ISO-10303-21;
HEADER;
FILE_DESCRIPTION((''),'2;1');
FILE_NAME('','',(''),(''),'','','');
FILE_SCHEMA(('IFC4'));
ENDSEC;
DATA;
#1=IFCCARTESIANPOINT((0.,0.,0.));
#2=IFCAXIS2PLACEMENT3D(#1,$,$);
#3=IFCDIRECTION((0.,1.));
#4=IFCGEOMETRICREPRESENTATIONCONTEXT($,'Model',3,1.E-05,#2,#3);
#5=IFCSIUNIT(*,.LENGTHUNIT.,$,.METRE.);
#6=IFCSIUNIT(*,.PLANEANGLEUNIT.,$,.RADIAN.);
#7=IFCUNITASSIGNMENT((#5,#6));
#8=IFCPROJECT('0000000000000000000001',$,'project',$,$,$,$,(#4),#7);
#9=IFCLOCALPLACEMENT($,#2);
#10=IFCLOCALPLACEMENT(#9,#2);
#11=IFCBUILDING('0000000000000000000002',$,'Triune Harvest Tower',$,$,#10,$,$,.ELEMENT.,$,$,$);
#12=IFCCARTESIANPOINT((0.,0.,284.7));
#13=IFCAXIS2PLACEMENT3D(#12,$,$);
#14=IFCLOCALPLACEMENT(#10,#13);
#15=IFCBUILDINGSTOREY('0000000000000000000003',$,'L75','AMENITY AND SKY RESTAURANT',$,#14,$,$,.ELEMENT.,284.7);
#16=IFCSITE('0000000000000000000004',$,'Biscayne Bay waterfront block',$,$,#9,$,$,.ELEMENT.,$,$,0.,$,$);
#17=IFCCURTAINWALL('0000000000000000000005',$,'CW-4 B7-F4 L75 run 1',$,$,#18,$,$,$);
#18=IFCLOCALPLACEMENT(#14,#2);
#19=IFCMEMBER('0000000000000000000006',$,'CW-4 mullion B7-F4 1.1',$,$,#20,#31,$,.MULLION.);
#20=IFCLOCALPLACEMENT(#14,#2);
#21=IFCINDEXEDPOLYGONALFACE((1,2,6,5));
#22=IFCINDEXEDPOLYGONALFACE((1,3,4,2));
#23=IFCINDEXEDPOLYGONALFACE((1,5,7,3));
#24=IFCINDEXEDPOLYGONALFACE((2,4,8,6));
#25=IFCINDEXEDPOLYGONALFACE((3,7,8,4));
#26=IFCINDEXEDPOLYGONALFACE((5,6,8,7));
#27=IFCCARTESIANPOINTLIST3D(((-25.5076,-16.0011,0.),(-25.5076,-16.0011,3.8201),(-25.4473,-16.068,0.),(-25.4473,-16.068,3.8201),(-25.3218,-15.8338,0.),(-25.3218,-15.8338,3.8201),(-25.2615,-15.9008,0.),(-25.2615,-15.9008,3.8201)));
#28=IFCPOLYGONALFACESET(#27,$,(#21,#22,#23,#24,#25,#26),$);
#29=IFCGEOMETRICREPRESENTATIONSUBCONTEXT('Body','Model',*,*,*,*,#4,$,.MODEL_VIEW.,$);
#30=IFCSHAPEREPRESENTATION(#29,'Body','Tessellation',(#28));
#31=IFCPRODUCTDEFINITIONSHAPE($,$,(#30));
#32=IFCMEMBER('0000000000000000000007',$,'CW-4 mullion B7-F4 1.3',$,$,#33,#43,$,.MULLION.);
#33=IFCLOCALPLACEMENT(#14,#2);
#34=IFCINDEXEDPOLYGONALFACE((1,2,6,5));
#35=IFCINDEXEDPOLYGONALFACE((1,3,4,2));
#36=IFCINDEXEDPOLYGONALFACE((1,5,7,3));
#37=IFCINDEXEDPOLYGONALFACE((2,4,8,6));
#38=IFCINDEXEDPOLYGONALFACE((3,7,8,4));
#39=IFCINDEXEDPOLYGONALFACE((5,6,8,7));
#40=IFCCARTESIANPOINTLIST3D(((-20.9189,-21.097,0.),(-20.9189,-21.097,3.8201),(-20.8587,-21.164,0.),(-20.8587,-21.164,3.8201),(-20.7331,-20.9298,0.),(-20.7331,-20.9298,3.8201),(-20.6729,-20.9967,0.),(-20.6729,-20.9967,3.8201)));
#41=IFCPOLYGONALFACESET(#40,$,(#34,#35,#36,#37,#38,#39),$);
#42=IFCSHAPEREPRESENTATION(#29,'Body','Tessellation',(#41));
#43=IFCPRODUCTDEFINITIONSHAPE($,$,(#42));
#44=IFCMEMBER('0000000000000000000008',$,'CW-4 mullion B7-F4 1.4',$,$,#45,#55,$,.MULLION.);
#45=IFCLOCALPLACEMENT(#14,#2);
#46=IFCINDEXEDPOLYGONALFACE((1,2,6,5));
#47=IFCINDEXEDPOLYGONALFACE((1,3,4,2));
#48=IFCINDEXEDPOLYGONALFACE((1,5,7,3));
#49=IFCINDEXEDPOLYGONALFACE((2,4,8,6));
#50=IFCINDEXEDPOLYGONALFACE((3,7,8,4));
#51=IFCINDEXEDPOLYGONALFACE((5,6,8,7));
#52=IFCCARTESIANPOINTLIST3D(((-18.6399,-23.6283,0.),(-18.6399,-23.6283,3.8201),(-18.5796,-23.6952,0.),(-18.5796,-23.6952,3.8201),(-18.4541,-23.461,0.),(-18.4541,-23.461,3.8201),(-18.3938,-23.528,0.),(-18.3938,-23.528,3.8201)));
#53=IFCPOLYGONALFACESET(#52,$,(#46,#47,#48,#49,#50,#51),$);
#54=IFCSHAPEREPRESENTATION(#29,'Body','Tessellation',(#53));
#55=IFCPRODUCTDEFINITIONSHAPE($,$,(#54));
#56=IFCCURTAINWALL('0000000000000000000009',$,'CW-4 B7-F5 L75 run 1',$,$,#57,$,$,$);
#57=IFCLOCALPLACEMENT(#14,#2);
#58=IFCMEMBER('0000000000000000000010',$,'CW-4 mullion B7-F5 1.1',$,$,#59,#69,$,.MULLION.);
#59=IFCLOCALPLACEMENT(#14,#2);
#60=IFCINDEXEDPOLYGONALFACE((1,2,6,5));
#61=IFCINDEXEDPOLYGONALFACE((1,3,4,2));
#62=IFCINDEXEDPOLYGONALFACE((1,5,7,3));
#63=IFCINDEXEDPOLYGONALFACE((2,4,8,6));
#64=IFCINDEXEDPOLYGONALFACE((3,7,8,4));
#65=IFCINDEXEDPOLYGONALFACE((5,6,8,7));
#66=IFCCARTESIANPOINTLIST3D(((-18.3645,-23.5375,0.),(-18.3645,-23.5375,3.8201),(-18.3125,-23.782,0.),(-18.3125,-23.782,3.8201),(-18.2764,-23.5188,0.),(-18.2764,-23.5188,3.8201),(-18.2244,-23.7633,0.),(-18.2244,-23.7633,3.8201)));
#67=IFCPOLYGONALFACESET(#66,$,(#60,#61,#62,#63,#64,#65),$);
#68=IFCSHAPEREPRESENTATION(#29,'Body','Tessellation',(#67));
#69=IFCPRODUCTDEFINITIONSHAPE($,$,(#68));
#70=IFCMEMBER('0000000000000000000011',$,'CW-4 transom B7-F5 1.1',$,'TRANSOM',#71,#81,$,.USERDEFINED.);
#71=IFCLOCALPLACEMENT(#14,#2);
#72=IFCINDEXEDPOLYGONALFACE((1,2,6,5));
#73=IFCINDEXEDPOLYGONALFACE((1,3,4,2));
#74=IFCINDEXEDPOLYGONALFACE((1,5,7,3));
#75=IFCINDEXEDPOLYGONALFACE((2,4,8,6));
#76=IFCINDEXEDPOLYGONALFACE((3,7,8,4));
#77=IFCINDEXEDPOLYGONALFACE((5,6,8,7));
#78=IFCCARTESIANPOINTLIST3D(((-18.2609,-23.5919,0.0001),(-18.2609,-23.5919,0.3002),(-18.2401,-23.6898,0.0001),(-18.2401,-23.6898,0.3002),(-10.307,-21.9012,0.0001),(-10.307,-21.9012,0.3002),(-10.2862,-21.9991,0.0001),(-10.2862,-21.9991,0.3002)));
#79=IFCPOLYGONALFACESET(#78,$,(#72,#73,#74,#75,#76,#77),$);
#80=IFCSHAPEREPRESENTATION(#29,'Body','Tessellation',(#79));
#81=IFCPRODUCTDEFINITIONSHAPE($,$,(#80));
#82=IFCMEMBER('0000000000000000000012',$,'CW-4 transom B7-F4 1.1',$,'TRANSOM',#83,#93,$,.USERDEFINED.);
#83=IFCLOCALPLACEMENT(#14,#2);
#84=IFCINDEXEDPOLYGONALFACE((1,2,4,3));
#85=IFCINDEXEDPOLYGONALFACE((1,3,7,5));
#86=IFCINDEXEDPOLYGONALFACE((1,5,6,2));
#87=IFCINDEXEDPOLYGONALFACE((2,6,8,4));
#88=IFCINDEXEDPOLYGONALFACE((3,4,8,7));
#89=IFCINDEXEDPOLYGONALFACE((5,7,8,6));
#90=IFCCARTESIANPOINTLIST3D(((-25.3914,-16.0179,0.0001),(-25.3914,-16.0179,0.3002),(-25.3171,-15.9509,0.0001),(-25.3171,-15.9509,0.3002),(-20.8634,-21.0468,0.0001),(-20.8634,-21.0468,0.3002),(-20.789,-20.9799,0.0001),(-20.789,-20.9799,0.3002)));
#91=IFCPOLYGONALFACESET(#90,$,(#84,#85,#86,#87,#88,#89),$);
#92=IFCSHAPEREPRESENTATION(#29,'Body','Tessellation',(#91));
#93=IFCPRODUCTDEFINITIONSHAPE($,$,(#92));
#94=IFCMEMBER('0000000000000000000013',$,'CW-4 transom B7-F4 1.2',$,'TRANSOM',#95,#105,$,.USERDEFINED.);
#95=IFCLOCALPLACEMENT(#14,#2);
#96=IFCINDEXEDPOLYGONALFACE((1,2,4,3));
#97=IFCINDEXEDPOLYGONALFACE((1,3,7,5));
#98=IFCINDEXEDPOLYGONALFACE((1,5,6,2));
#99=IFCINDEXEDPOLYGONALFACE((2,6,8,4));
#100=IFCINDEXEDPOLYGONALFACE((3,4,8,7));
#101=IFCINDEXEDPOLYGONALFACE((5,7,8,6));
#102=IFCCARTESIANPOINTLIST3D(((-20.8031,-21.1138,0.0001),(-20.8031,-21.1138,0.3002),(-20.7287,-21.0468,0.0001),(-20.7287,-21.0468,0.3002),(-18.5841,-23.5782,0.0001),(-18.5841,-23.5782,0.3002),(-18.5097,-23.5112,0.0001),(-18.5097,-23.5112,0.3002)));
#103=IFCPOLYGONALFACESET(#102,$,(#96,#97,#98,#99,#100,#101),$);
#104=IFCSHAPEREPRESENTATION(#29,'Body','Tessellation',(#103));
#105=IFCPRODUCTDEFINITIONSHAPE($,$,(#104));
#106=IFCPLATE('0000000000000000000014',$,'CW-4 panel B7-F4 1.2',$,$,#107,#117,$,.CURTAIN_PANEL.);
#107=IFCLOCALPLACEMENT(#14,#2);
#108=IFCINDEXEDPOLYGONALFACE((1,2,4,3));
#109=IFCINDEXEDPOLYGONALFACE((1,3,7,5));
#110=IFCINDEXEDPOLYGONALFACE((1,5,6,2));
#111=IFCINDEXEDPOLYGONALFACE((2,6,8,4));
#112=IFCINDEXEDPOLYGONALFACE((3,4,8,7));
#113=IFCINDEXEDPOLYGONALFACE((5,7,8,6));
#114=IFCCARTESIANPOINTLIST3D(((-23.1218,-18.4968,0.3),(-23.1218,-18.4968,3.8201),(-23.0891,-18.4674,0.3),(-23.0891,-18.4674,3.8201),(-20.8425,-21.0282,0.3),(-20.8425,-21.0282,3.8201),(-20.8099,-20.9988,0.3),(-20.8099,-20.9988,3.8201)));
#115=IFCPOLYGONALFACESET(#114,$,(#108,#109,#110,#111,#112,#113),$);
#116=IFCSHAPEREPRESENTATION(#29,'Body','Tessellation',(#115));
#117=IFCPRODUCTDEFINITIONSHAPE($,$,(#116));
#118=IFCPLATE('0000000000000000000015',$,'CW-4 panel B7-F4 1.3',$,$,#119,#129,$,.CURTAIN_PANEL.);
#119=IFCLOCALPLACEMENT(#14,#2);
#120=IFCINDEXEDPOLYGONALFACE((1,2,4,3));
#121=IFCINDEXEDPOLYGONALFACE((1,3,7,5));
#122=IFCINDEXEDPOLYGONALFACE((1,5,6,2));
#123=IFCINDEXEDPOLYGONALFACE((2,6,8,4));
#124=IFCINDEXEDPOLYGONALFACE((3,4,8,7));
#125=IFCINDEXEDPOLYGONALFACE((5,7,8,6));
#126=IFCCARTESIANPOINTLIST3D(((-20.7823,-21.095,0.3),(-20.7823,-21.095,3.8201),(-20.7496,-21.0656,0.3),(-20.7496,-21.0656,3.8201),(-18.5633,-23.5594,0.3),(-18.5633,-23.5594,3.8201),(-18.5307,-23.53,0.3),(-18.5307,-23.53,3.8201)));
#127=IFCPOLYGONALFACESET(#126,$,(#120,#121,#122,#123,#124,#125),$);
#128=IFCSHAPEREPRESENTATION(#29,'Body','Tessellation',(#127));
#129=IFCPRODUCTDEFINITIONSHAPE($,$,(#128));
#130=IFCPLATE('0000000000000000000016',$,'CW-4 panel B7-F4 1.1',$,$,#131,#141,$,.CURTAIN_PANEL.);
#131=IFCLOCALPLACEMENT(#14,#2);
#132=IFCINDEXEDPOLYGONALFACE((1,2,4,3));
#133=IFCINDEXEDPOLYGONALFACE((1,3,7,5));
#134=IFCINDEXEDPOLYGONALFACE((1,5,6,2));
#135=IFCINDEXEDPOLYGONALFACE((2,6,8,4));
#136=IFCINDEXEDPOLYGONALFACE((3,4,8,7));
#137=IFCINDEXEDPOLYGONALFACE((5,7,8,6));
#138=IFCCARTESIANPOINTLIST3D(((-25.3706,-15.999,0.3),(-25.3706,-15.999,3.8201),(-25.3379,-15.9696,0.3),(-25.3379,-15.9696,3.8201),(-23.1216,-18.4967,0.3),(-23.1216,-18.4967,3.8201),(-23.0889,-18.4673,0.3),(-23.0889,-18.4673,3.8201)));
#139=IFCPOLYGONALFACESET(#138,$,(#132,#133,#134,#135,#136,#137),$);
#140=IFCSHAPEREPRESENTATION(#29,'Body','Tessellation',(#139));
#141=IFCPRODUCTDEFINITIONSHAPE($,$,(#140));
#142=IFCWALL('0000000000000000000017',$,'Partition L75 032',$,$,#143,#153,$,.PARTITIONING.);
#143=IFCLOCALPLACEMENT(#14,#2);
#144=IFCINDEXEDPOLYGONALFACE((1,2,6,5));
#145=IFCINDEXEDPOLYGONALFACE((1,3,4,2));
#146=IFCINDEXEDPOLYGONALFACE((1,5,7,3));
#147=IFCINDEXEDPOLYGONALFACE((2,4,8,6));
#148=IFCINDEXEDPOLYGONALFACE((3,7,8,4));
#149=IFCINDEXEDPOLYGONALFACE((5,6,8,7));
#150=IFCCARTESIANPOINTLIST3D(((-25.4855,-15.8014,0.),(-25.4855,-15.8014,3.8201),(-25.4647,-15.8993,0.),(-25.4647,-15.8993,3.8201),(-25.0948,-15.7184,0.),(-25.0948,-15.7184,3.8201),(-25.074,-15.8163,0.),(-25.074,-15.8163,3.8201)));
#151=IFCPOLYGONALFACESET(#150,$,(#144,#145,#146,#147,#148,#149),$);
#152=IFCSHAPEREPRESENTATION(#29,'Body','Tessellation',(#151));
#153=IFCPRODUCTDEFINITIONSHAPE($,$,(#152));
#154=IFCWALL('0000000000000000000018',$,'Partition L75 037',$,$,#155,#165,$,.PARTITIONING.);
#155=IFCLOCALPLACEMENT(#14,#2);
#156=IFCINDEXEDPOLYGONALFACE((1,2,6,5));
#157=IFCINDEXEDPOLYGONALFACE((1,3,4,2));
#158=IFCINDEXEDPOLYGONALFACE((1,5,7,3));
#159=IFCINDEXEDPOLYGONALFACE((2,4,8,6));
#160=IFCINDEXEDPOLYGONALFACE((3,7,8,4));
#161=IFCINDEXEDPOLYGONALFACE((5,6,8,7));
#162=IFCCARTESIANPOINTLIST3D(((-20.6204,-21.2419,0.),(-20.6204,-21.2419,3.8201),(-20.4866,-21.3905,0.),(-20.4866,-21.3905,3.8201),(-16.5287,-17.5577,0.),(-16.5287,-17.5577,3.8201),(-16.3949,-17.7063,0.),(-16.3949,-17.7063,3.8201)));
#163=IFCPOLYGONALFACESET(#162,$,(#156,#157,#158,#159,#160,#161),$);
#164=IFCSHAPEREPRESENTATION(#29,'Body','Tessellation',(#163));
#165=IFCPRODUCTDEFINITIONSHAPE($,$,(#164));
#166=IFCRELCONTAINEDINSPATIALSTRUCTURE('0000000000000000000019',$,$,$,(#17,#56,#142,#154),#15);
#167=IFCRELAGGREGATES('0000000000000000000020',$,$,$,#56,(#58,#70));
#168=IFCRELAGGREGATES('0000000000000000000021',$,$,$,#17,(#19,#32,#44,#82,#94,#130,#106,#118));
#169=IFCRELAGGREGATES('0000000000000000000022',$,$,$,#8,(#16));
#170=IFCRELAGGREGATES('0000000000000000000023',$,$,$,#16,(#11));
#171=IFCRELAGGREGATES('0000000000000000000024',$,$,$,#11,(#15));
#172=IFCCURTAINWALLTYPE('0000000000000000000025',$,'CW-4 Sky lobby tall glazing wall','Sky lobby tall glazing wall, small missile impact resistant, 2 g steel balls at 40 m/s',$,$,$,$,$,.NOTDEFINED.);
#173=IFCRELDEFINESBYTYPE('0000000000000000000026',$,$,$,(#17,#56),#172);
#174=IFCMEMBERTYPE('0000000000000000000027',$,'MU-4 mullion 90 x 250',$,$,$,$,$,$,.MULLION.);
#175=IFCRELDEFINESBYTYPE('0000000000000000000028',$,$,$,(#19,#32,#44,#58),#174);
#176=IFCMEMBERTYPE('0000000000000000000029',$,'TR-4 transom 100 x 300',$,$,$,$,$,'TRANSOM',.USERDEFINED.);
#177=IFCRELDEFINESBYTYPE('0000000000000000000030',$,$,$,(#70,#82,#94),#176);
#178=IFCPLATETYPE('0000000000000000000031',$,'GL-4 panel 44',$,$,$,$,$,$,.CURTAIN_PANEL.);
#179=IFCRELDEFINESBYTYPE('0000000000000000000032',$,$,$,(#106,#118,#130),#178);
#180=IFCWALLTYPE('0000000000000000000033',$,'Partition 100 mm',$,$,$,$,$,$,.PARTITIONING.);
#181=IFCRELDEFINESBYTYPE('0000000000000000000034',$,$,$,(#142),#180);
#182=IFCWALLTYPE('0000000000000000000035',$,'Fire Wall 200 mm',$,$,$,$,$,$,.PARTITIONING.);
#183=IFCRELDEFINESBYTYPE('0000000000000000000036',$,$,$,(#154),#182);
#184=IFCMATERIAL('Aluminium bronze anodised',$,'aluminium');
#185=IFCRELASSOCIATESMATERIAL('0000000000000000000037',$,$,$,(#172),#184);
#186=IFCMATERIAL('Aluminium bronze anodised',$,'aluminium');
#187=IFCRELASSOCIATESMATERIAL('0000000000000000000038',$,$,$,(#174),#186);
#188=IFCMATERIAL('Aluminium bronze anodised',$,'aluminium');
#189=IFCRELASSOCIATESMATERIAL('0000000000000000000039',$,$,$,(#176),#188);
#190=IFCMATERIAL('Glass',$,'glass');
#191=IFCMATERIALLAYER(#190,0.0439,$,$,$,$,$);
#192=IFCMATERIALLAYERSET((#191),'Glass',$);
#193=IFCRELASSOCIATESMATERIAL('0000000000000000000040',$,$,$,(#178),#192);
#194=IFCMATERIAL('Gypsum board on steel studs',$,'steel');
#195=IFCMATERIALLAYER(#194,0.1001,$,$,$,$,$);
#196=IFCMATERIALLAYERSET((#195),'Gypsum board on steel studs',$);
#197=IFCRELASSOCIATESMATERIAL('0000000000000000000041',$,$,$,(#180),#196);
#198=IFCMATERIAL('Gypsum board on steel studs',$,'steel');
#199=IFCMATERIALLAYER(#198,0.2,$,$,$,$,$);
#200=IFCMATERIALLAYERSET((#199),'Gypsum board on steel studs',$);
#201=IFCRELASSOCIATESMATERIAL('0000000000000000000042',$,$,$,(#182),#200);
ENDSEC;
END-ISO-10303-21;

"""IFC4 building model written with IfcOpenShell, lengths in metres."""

from ifc_helpers import new_model, si_unit, direction, frame, frame_2d, origin, origin_2d, place, context, subcontext, project, spatial, rectangle, extrude, source, transform, mapped, material, layer, layer_set, material_profile, profile_set, type_object, element, aggregate, save


model = new_model("IFC4")

# Units and contexts
model_context = context("Model", 3, precision=1e-05, world=origin(), true_north=direction((0.0, 1.0)))
body_context = subcontext(model_context, "Body", "Model", "MODEL_VIEW")
ifc_project = project(units=[si_unit("LENGTHUNIT", "METRE"), si_unit("PLANEANGLEUNIT", "RADIAN")], contexts=[model_context])

# Site, building, storey
site_placement = place(None, origin())
site = spatial("IfcSite", under=ifc_project, at=site_placement, Name="Biscayne Bay waterfront block", CompositionType="ELEMENT", RefElevation=0.0)
building_placement = place(site_placement, origin())
building = spatial("IfcBuilding", under=site, at=building_placement, Name="Triune Harvest Tower", CompositionType="ELEMENT")
storey_placement = place(building_placement, frame((0.0, 0.0, 284.7)))
storey = spatial("IfcBuildingStorey", under=building, at=storey_placement, Name="L75", Description="AMENITY AND SKY RESTAURANT", CompositionType="ELEMENT", Elevation=284.7)

# Shared definitions
ifc_material_1 = material(Name="Aluminium bronze anodised", Category="aluminium")
curtain_wall_type = type_object("IfcCurtainWallType", Name="CW-4 Sky lobby tall glazing wall", Description="Sky lobby tall glazing wall, small missile impact resistant, 2 g steel balls at 40 m/s", PredefinedType="NOTDEFINED", material=ifc_material_1)
ifc_material_2 = material(Name="Aluminium bronze anodised", Category="aluminium")
ifc_material_profile_1 = material_profile(ifc_material_2, rectangle(XDim=0.25, YDim=0.0901, at=origin_2d()), Name="MU-4 mullion 90 x 250")
ifc_profile_set_1 = profile_set([ifc_material_profile_1], Name="Aluminium bronze anodised")
member_type_1 = type_object("IfcMemberType", Name="MU-4 mullion 90 x 250", PredefinedType="MULLION", material=ifc_profile_set_1)
shared_shape_1 = source(origin(), body_context, "Body", "SweptSolid", [
    extrude(rectangle(XDim=0.25, YDim=0.0901, at=origin_2d()), origin(), (0.0, 0.0, 1.0), 3.8201),
])

# Curtain walls, members
curtain_wall_1_placement = place(storey_placement, origin())
curtain_wall_1 = element("IfcCurtainWall", 1, at=curtain_wall_1_placement, inside=storey, type_object=curtain_wall_type, Name="CW-4 B7-F4 L75 run 1")
member_1_placement = place(storey_placement, frame((-25.3845, -15.9509, 0.0), z_axis=(0.0, 0.0, 1.0), x_axis=(0.743144, 0.669132, 0.0)))
member_1 = element("IfcMember", 2, at=member_1_placement, type_object=member_type_1, Name="CW-4 mullion B7-F4 1.1", PredefinedType="MULLION", context=body_context, shape_type="MappedRepresentation", body=[
    mapped(shared_shape_1, transform((0.0, 0.0, 0.0), scale=1.0)),
])
member_2_placement = place(storey_placement, frame((-20.7959, -21.0469, 0.0), z_axis=(0.0, 0.0, 1.0), x_axis=(0.743144, 0.669132, 0.0)))
member_2 = element("IfcMember", 3, at=member_2_placement, type_object=member_type_1, Name="CW-4 mullion B7-F4 1.3", PredefinedType="MULLION", context=body_context, shape_type="MappedRepresentation", body=[
    mapped(shared_shape_1, transform((0.0, 0.0, 0.0), scale=1.0)),
])
member_3_placement = place(storey_placement, frame((-18.5168, -23.5781, 0.0), z_axis=(0.0, 0.0, 1.0), x_axis=(0.743144, 0.669132, 0.0)))
member_3 = element("IfcMember", 4, at=member_3_placement, type_object=member_type_1, Name="CW-4 mullion B7-F4 1.4", PredefinedType="MULLION", context=body_context, shape_type="MappedRepresentation", body=[
    mapped(shared_shape_1, transform((0.0, 0.0, 0.0), scale=1.0)),
])
curtain_wall_2_placement = place(storey_placement, origin())
curtain_wall_2 = element("IfcCurtainWall", 5, at=curtain_wall_2_placement, inside=storey, type_object=curtain_wall_type, Name="CW-4 B7-F5 L75 run 1")
member_4_placement = place(storey_placement, frame((-18.2944, -23.6504, 0.0), z_axis=(0.0, 0.0, 1.0), x_axis=(-0.207913, 0.978147, 0.0)))
member_4 = element("IfcMember", 6, at=member_4_placement, type_object=member_type_1, Name="CW-4 mullion B7-F5 1.1", PredefinedType="MULLION", context=body_context, shape_type="MappedRepresentation", body=[
    mapped(shared_shape_1, transform((0.0, 0.0, 0.0), scale=1.0)),
])
ifc_material_3 = material(Name="Aluminium bronze anodised", Category="aluminium")
ifc_material_profile_2 = material_profile(ifc_material_3, rectangle(XDim=0.1001, YDim=0.3, at=origin_2d()), Name="TR-4 transom 100 x 300")
ifc_profile_set_2 = profile_set([ifc_material_profile_2], Name="Aluminium bronze anodised")
member_type_2 = type_object("IfcMemberType", Name="TR-4 transom 100 x 300", ElementType="TRANSOM", PredefinedType="USERDEFINED", material=ifc_profile_set_2)
shared_shape_2 = source(origin(), body_context, "Body", "SweptSolid", [
    extrude(rectangle(XDim=0.1001, YDim=0.3, at=origin_2d()), origin(), (0.0, 0.0, 1.0), 8.1316),
])
member_5_placement = place(storey_placement, frame((-18.2505, -23.6409, 0.1501), z_axis=(0.978147, 0.207915, 0.0), x_axis=(-0.207915, 0.978147, 0.0)))
member_5 = element("IfcMember", 7, at=member_5_placement, type_object=member_type_2, Name="CW-4 transom B7-F5 1.1", ObjectType="TRANSOM", PredefinedType="USERDEFINED", context=body_context, shape_type="MappedRepresentation", body=[
    mapped(shared_shape_2, transform((0.0, 0.0, 0.0), scale=1.0)),
])
aggregate(curtain_wall_2, [member_4, member_5])

# Members
shared_shape_3 = source(origin(), body_context, "Body", "SweptSolid", [
    extrude(rectangle(XDim=0.1001, YDim=0.3, at=origin_2d()), origin(), (0.0, 0.0, 1.0), 6.7671),
])
member_6_placement = place(storey_placement, frame((-25.3542, -15.9844, 0.1501), z_axis=(0.669122, -0.743152, 0.0), x_axis=(0.743152, 0.669122, 0.0)))
member_6 = element("IfcMember", 8, at=member_6_placement, type_object=member_type_2, Name="CW-4 transom B7-F4 1.1", ObjectType="TRANSOM", PredefinedType="USERDEFINED", context=body_context, shape_type="MappedRepresentation", body=[
    mapped(shared_shape_3, transform((0.0, 0.0, 0.0), scale=1.0)),
])
shared_shape_4 = source(origin(), body_context, "Body", "SweptSolid", [
    extrude(rectangle(XDim=0.1001, YDim=0.3, at=origin_2d()), origin(), (0.0, 0.0, 1.0), 3.3162),
])
member_7_placement = place(storey_placement, frame((-20.7659, -21.0803, 0.1501), z_axis=(0.669144, -0.743133, 0.0), x_axis=(0.743133, 0.669144, 0.0)))
member_7 = element("IfcMember", 9, at=member_7_placement, type_object=member_type_2, Name="CW-4 transom B7-F4 1.2", ObjectType="TRANSOM", PredefinedType="USERDEFINED", context=body_context, shape_type="MappedRepresentation", body=[
    mapped(shared_shape_4, transform((0.0, 0.0, 0.0), scale=1.0)),
])

# Plates
ifc_material_4 = material(Name="Glass", Category="glass")
ifc_layer_1 = layer(ifc_material_4, 0.0439)
ifc_layer_set_1 = layer_set([ifc_layer_1], Name="Glass")
plate_type = type_object("IfcPlateType", Name="GL-4 panel 44", PredefinedType="CURTAIN_PANEL", material=ifc_layer_set_1)
shared_shape_5 = source(origin(), body_context, "Body", "SweptSolid", [
    extrude(rectangle(XDim=3.4062, YDim=0.0439, at=origin_2d()), origin(), (0.0, 0.0, 1.0), 3.52),
])
plate_1_placement = place(storey_placement, frame((-21.9658, -19.7478, 0.3), z_axis=(0.0, 0.0, 1.0), x_axis=(0.669132, -0.743144, 0.0)))
plate_1 = element("IfcPlate", 10, at=plate_1_placement, type_object=plate_type, Name="CW-4 panel B7-F4 1.2", PredefinedType="CURTAIN_PANEL", context=body_context, shape_type="MappedRepresentation", body=[
    mapped(shared_shape_5, transform((0.0, 0.0, 0.0), scale=1.0)),
])
shared_shape_6 = source(origin(), body_context, "Body", "SweptSolid", [
    extrude(rectangle(XDim=3.3162, YDim=0.0439, at=origin_2d()), origin(), (0.0, 0.0, 1.0), 3.52),
])
plate_2_placement = place(storey_placement, frame((-19.6565, -22.3125, 0.3), z_axis=(0.0, 0.0, 1.0), x_axis=(0.669132, -0.743144, 0.0)))
plate_2 = element("IfcPlate", 11, at=plate_2_placement, type_object=plate_type, Name="CW-4 panel B7-F4 1.3", PredefinedType="CURTAIN_PANEL", context=body_context, shape_type="MappedRepresentation", body=[
    mapped(shared_shape_6, transform((0.0, 0.0, 0.0), scale=1.0)),
])
shared_shape_7 = source(origin(), body_context, "Body", "SweptSolid", [
    extrude(rectangle(XDim=3.3611, YDim=0.0439, at=origin_2d()), origin(), (0.0, 0.0, 1.0), 3.52),
])
plate_3_placement = place(storey_placement, frame((-24.2297, -17.2332, 0.3), z_axis=(0.0, 0.0, 1.0), x_axis=(0.669132, -0.743144, 0.0)))
plate_3 = element("IfcPlate", 12, at=plate_3_placement, type_object=plate_type, Name="CW-4 panel B7-F4 1.1", PredefinedType="CURTAIN_PANEL", context=body_context, shape_type="MappedRepresentation", body=[
    mapped(shared_shape_7, transform((0.0, 0.0, 0.0), scale=1.0)),
])
aggregate(curtain_wall_1, [member_1, member_2, member_3, member_6, member_7, plate_3, plate_1, plate_2])

# Walls
ifc_material_5 = material(Name="Gypsum board on steel studs", Category="steel")
ifc_layer_2 = layer(ifc_material_5, 0.1001)
ifc_layer_set_2 = layer_set([ifc_layer_2], Name="Gypsum board on steel studs")
wall_type_1 = type_object("IfcWallType", Name="Partition 100 mm", PredefinedType="PARTITIONING", material=ifc_layer_set_2)
wall_1_placement = place(storey_placement, frame((-25.4751, -15.8503, 0.0), z_axis=(0.0, 0.0, 1.0), x_axis=(0.978159, 0.207859, 0.0)))
element("IfcWall", 13, at=wall_1_placement, inside=storey, type_object=wall_type_1, Name="Partition L75 032", PredefinedType="PARTITIONING", context=body_context, shape_type="SweptSolid", body=[
    extrude(rectangle(XDim=0.3994, YDim=0.1001, at=frame_2d((0.1997, 0.0))), origin(), (0.0, 0.0, 1.0), 3.8201),
])
ifc_material_6 = material(Name="Gypsum board on steel studs", Category="steel")
ifc_layer_3 = layer(ifc_material_6, 0.2)
ifc_layer_set_3 = layer_set([ifc_layer_3], Name="Gypsum board on steel studs")
wall_type_2 = type_object("IfcWallType", Name="Fire Wall 200 mm", PredefinedType="PARTITIONING", material=ifc_layer_set_3)
shared_shape_8 = source(origin(), body_context, "Body", "SweptSolid", [
    extrude(rectangle(XDim=5.5059, YDim=0.2, at=frame_2d((2.7529, 0.0))), origin(), (0.0, 0.0, 1.0), 3.8201),
])
wall_2_placement = place(storey_placement, frame((-20.5535, -21.3162, 0.0), z_axis=(0.0, 0.0, 1.0), x_axis=(0.743142, 0.669134, 0.0)))
element("IfcWall", 14, at=wall_2_placement, inside=storey, type_object=wall_type_2, Name="Partition L75 037", PredefinedType="PARTITIONING", context=body_context, shape_type="MappedRepresentation", body=[
    mapped(shared_shape_8, transform((0.0, 0.0, 0.0), scale=1.0)),
])

save(model, "model.ifc")
